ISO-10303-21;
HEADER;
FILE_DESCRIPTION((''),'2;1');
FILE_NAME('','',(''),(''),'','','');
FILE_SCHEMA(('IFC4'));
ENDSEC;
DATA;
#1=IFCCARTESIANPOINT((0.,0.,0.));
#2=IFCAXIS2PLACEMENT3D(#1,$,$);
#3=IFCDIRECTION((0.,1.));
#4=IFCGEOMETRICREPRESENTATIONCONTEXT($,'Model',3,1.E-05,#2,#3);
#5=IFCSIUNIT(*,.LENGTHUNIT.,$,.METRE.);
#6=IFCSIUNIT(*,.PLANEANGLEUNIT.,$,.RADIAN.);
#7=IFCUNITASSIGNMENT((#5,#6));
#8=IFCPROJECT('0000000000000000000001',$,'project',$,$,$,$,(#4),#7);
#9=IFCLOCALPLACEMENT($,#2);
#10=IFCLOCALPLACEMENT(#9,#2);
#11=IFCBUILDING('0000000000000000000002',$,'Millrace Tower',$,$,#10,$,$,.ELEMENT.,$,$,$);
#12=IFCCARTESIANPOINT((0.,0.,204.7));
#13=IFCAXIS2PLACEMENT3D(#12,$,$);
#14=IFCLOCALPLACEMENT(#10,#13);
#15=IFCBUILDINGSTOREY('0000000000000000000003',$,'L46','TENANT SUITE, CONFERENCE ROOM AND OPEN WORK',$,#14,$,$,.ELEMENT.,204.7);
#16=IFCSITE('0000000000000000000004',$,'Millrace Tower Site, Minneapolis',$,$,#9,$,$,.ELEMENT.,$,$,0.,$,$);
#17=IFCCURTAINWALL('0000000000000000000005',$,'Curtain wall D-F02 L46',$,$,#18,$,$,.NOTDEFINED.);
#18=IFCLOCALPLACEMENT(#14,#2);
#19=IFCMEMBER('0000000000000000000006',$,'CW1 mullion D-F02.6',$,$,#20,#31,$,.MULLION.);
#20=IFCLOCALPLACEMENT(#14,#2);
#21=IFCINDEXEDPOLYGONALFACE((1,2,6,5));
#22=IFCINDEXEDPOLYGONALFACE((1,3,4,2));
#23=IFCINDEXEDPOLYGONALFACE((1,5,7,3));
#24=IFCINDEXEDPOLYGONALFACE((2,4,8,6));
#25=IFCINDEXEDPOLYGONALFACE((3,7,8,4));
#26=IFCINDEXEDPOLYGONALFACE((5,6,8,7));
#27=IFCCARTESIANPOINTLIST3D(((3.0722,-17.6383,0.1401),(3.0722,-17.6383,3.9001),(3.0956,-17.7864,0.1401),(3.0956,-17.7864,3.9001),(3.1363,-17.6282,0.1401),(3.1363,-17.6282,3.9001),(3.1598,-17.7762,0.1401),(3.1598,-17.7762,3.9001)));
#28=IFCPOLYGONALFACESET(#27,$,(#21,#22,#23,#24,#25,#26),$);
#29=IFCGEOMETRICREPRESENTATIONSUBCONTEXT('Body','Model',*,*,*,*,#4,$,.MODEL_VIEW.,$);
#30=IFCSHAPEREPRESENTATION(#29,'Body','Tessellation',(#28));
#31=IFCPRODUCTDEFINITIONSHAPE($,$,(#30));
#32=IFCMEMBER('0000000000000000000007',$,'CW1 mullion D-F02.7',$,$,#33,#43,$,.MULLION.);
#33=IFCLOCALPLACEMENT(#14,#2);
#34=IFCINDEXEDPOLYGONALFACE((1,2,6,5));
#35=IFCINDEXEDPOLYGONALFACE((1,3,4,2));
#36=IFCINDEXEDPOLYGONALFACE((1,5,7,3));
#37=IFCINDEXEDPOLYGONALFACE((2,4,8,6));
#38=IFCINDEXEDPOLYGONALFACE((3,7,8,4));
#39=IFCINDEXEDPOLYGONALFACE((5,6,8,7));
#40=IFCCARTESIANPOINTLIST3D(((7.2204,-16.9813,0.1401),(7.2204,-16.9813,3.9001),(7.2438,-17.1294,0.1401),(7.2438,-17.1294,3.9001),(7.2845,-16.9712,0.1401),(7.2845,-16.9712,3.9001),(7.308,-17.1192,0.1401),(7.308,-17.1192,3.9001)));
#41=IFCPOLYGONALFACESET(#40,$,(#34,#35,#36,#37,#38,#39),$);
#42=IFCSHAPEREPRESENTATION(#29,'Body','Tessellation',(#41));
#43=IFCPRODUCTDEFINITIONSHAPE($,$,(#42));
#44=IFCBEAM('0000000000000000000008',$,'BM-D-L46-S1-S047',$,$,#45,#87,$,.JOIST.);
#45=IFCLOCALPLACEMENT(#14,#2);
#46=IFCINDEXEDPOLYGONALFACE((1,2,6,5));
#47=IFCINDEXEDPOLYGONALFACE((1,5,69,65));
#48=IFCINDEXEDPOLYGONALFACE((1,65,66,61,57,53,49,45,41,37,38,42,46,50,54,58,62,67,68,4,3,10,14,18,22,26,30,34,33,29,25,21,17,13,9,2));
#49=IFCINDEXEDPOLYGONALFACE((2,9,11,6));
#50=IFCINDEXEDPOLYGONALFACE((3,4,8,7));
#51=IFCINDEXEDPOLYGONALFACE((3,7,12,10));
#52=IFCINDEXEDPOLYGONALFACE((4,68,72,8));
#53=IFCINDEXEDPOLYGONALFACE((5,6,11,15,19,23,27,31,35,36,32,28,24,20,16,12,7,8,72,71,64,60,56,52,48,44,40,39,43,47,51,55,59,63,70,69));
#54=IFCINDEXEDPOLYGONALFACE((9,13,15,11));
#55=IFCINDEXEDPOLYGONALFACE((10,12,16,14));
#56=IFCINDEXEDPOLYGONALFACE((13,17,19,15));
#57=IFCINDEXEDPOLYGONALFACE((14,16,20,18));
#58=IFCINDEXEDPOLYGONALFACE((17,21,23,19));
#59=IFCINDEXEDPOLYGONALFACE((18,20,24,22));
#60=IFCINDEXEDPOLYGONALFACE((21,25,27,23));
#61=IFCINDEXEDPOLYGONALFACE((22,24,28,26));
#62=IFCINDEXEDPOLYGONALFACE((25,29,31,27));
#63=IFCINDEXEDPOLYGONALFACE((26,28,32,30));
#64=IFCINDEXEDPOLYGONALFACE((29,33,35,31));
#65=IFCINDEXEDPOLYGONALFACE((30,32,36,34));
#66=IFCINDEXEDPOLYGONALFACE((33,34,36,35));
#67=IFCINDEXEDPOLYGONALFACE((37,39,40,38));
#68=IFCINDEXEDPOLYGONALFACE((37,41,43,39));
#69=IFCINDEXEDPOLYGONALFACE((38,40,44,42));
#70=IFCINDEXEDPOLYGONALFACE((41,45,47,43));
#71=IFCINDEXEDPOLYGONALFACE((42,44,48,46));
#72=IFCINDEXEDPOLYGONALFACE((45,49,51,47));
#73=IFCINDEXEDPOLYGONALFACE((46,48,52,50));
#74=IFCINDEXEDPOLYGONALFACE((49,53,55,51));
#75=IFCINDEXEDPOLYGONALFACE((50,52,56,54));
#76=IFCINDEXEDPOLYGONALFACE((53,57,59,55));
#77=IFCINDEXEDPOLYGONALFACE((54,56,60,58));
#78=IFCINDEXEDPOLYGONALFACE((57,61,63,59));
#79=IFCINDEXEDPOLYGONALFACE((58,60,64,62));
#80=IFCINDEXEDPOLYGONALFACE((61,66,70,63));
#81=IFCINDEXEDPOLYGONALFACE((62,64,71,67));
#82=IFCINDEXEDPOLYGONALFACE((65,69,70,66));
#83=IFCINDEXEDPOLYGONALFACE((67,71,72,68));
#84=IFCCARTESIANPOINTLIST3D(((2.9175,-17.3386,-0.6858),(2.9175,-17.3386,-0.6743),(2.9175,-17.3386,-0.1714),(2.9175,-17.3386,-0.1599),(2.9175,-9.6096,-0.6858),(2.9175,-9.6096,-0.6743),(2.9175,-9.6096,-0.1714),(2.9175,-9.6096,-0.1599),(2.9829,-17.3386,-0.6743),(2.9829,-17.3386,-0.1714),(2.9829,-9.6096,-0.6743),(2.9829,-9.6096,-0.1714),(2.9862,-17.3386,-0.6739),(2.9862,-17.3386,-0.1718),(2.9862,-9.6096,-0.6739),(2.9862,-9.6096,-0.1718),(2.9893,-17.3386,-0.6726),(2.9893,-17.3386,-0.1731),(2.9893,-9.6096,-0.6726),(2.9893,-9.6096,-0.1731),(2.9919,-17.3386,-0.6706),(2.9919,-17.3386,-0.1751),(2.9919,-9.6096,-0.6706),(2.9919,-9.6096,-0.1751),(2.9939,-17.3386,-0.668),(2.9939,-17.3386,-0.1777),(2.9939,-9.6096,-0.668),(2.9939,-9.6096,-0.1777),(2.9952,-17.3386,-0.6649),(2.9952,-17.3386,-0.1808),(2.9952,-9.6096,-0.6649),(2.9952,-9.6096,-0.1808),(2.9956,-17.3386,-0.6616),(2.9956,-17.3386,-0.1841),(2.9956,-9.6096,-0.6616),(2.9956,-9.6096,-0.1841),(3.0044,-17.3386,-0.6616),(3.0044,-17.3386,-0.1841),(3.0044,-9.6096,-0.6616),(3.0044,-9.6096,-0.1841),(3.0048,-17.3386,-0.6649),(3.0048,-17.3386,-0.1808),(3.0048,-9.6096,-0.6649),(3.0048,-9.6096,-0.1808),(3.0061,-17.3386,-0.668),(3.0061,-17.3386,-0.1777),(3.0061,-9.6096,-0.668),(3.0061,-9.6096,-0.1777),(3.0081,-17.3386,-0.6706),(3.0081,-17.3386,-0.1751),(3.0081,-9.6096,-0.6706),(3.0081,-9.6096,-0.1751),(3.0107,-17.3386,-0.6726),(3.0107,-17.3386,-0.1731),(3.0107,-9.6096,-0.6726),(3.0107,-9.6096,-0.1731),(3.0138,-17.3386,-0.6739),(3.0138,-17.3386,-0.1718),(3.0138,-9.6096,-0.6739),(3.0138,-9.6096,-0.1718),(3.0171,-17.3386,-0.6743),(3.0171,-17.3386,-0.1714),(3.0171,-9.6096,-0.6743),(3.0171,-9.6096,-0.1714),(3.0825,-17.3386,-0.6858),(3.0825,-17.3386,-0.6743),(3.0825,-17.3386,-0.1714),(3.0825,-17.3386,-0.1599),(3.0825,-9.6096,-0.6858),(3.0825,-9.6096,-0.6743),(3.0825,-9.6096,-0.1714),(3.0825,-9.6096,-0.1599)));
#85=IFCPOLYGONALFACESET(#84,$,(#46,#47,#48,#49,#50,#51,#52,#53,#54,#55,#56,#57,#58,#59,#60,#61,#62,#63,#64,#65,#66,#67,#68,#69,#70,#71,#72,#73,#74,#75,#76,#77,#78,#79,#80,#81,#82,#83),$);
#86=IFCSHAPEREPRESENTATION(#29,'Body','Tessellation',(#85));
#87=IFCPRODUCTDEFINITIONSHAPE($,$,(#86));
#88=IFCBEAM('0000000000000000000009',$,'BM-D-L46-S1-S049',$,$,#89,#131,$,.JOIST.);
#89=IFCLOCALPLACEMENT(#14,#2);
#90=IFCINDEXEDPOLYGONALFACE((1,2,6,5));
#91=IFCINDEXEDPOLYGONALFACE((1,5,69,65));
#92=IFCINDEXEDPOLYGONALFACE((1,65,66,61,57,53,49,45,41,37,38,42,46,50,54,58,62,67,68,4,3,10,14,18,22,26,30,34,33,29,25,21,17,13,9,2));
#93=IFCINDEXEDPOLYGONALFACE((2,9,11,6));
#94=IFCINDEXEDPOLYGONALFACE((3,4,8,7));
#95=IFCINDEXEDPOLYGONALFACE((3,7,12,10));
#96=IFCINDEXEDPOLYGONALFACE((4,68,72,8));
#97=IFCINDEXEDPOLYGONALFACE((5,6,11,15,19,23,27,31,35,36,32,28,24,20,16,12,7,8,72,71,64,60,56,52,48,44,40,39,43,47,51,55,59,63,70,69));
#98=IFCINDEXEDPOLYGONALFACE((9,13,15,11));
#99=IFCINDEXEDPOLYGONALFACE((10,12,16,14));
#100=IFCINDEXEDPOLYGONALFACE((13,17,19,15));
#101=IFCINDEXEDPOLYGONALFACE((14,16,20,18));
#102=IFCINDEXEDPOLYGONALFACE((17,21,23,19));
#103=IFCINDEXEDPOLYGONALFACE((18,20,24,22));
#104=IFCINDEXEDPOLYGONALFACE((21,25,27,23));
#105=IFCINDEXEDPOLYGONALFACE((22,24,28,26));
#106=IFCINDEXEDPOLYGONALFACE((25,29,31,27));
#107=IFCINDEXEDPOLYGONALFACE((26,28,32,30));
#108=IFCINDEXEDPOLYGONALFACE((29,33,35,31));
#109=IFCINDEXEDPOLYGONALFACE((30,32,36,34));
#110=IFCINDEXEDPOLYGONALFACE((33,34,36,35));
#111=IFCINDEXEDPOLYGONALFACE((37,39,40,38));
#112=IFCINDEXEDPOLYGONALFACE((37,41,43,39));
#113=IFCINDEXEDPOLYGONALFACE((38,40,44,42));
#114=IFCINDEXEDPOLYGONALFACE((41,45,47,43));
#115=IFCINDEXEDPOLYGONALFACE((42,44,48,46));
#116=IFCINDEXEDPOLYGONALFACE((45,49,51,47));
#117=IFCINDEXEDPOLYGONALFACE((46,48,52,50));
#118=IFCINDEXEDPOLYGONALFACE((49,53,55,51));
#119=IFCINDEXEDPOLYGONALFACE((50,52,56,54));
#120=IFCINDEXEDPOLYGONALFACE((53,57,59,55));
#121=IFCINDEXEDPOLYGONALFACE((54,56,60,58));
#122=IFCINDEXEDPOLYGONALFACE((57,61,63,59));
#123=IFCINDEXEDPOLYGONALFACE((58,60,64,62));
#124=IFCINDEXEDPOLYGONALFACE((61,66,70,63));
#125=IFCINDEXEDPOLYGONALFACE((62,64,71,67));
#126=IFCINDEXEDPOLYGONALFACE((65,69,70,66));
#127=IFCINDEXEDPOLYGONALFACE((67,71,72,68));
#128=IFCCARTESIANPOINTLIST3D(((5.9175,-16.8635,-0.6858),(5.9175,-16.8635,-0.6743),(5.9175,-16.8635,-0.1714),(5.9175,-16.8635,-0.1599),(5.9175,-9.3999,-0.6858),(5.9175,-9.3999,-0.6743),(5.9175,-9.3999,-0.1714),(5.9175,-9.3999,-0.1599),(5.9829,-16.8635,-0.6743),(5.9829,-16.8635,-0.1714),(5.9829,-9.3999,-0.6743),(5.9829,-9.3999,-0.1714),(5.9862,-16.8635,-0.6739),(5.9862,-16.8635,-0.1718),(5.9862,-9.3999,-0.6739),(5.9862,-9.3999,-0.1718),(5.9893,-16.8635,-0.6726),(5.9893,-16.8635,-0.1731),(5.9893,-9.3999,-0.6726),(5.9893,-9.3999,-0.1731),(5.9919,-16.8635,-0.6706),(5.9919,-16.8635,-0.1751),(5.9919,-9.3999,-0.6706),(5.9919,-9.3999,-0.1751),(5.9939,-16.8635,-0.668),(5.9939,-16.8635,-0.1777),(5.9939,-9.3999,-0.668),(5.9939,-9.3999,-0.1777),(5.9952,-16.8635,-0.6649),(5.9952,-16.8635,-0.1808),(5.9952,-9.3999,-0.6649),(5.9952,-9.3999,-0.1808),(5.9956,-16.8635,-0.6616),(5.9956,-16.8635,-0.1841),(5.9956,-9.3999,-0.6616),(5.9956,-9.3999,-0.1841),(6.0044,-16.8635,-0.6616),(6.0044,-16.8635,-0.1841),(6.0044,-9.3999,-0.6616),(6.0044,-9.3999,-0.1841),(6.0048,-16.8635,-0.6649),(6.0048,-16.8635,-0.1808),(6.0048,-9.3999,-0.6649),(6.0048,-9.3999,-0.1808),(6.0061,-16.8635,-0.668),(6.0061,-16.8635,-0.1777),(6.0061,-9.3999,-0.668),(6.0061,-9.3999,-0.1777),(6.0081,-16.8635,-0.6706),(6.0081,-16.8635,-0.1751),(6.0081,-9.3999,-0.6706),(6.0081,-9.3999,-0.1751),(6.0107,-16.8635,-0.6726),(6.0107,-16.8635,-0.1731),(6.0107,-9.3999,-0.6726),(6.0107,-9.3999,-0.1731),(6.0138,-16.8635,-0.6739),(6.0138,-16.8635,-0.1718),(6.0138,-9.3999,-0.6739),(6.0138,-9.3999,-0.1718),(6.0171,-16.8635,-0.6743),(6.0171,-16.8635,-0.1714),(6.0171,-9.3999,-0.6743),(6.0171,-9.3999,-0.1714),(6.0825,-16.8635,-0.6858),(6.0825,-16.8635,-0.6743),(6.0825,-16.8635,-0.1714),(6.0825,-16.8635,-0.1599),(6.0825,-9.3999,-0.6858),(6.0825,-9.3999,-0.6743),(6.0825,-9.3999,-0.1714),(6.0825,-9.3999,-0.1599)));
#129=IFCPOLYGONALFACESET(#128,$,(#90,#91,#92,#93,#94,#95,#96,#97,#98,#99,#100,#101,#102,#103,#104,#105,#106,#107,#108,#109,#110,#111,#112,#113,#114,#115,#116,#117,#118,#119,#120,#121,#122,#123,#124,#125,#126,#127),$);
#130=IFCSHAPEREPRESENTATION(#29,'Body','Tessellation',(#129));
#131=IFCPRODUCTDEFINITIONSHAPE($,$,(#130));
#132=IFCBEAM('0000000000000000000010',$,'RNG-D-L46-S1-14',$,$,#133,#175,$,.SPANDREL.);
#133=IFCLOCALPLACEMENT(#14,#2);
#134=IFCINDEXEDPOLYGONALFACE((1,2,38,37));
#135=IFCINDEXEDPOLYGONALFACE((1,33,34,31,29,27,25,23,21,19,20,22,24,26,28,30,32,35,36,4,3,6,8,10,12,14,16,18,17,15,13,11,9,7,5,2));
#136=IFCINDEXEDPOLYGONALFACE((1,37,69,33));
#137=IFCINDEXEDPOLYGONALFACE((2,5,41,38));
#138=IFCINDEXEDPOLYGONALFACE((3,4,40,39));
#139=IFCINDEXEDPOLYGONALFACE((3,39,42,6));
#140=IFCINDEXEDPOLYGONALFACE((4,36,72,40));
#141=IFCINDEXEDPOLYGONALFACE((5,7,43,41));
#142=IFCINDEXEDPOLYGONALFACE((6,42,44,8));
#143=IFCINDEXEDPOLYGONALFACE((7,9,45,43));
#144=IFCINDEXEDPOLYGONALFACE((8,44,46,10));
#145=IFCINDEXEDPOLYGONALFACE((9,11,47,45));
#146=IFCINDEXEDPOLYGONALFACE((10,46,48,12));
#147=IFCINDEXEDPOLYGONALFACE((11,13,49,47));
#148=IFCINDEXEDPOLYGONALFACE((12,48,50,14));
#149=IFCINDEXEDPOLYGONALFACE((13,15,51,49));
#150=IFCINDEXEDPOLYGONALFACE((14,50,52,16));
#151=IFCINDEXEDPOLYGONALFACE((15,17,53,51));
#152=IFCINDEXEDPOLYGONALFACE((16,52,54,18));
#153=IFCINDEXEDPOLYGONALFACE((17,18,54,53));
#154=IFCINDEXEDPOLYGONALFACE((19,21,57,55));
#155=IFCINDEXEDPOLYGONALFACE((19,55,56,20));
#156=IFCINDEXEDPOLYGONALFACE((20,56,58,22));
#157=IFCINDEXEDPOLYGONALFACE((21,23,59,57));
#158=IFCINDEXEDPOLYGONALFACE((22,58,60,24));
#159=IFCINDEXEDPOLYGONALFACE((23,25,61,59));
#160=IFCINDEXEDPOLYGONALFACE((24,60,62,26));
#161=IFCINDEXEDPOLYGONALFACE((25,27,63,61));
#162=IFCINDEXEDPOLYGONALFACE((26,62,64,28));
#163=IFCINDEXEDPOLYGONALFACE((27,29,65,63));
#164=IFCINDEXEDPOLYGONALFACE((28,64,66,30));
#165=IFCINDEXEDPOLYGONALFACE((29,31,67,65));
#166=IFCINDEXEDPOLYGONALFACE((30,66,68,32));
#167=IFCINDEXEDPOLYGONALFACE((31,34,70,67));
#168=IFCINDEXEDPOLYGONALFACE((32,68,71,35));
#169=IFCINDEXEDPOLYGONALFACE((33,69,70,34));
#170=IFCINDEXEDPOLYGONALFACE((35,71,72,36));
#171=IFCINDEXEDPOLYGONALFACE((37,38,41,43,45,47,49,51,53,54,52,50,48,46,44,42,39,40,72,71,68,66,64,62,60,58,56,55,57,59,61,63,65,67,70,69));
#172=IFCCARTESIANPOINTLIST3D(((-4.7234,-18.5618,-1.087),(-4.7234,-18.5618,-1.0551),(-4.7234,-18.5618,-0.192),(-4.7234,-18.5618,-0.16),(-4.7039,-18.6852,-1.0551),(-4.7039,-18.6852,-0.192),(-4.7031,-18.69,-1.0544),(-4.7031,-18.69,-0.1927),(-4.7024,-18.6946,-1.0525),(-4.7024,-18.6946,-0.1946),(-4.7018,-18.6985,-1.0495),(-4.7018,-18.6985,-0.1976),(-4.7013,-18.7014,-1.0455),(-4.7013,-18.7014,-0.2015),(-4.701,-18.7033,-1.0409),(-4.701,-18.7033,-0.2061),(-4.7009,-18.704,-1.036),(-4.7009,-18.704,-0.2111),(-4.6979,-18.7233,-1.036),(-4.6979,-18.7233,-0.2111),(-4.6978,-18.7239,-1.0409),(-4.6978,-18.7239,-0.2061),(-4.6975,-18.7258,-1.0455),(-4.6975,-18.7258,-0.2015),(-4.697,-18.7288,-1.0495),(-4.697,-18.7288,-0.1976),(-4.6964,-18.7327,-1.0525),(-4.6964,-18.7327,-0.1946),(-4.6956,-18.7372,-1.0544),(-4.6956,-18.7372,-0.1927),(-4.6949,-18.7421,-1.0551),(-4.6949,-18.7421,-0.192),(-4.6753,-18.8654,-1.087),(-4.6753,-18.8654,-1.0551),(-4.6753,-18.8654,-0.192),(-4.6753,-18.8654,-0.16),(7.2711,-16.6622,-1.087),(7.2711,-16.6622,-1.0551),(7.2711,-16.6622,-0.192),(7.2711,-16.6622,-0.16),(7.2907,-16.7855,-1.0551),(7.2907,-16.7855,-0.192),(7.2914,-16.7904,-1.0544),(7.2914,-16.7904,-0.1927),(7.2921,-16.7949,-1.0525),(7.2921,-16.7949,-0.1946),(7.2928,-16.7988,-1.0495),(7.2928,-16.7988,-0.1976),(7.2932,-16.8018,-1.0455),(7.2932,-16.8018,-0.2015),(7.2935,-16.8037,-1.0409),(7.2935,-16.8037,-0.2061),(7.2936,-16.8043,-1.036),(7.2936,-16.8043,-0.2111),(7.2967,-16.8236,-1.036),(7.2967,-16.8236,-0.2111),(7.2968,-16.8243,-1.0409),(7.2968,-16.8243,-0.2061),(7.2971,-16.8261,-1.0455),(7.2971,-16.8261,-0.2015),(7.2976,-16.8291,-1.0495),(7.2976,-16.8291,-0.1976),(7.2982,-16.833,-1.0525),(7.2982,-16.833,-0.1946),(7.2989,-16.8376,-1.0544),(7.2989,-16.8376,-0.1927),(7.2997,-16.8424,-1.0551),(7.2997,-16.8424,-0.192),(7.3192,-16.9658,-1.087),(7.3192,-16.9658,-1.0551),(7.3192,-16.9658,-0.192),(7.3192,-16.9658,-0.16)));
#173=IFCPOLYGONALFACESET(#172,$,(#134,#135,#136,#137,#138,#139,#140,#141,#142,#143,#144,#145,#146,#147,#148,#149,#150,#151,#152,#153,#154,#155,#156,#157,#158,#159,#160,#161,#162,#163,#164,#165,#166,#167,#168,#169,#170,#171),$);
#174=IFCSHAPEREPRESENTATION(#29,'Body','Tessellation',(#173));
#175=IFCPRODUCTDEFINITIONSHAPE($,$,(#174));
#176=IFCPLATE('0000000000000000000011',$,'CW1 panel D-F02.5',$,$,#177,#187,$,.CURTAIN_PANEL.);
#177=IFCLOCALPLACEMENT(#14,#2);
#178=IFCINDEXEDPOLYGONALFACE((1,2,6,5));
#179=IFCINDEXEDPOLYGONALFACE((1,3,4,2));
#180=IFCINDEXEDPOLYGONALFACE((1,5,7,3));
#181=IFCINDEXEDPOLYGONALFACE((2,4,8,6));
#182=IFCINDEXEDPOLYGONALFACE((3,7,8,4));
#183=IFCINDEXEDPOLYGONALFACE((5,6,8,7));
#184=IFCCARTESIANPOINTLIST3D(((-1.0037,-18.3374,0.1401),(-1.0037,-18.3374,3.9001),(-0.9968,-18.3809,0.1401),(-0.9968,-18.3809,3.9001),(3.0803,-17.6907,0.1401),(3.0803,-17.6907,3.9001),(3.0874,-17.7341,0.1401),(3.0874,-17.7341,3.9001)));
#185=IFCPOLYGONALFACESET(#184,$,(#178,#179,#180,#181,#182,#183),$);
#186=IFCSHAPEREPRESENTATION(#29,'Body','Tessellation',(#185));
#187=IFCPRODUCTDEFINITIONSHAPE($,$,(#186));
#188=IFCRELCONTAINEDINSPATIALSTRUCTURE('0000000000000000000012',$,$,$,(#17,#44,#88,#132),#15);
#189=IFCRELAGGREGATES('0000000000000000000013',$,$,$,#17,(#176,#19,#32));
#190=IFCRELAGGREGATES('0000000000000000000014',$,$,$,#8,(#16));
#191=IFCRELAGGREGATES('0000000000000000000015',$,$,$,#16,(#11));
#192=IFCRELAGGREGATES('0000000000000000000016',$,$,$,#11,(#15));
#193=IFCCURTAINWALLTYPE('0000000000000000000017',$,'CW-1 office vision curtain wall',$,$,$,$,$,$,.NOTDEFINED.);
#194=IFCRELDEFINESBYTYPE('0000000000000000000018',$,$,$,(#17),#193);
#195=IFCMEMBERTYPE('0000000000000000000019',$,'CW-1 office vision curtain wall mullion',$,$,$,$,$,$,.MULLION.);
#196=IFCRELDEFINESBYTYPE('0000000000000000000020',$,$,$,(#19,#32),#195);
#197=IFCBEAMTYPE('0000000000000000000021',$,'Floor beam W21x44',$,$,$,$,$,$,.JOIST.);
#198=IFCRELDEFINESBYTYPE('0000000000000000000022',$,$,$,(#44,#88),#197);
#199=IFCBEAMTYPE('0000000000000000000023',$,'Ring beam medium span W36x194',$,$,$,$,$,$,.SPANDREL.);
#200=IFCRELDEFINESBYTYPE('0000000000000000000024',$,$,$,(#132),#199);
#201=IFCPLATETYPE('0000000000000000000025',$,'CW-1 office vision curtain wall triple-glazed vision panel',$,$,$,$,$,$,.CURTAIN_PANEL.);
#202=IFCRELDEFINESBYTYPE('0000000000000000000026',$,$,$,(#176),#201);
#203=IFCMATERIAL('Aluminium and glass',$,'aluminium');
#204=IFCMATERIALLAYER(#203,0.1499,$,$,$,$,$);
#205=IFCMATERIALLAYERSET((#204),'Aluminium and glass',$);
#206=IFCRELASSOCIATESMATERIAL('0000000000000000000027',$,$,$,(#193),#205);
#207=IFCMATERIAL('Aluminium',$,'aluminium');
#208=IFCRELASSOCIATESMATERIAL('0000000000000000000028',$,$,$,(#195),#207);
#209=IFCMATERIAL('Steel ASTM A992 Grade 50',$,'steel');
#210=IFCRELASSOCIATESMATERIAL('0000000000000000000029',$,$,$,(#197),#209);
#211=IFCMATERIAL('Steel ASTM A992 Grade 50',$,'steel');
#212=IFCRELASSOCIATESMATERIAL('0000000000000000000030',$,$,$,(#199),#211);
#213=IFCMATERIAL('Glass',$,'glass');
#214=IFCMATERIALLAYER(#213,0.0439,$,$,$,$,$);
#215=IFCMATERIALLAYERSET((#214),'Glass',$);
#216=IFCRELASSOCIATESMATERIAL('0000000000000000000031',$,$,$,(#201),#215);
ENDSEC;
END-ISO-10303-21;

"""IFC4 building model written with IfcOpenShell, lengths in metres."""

from ifc_helpers import new_model, si_unit, direction, frame, origin, origin_2d, place, context, subcontext, project, spatial, polyline, rectangle, i_section, outline, extrude, material, layer, layer_set, material_profile, profile_set, type_object, element, aggregate, save


model = new_model("IFC4")

# Units and contexts
model_context = context("Model", 3, precision=1e-05, world=origin(), true_north=direction((0.0, 1.0)))
body_context = subcontext(model_context, "Body", "Model", "MODEL_VIEW")
ifc_project = project(units=[si_unit("LENGTHUNIT", "METRE"), si_unit("PLANEANGLEUNIT", "RADIAN")], contexts=[model_context])

# Site, building, storey
site_placement = place(None, origin())
site = spatial("IfcSite", under=ifc_project, at=site_placement, Name="Millrace Tower Site, Minneapolis", CompositionType="ELEMENT", RefElevation=0.0)
building_placement = place(site_placement, origin())
building = spatial("IfcBuilding", under=site, at=building_placement, Name="Millrace Tower", CompositionType="ELEMENT")
storey_placement = place(building_placement, frame((0.0, 0.0, 204.7)))
storey = spatial("IfcBuildingStorey", under=building, at=storey_placement, Name="L46", Description="TENANT SUITE, CONFERENCE ROOM AND OPEN WORK", CompositionType="ELEMENT", Elevation=204.7)

# Curtain wall, members
ifc_material_1 = material(Name="Aluminium and glass", Category="aluminium")
ifc_layer_1 = layer(ifc_material_1, 0.1499)
ifc_layer_set_1 = layer_set([ifc_layer_1], Name="Aluminium and glass")
curtain_wall_type = type_object("IfcCurtainWallType", Name="CW-1 office vision curtain wall", PredefinedType="NOTDEFINED", material=ifc_layer_set_1)
placement_1 = place(storey_placement, origin())
curtain_wall_1 = element("IfcCurtainWall", 1, at=placement_1, inside=storey, type_object=curtain_wall_type, Name="Curtain wall D-F02 L46", PredefinedType="NOTDEFINED")
ifc_material_2 = material(Name="Aluminium", Category="aluminium")
ifc_material_profile_1 = material_profile(ifc_material_2, rectangle(XDim=0.0649, YDim=0.1499, at=origin_2d()))
ifc_profile_set_1 = profile_set([ifc_material_profile_1], Name="Aluminium")
member_type = type_object("IfcMemberType", Name="CW-1 office vision curtain wall mullion", PredefinedType="MULLION", material=ifc_profile_set_1)
member_1_placement = place(storey_placement, frame((3.116, -17.7073, 0.1401), z_axis=(0.0, 0.0, 1.0), x_axis=(0.987688, 0.156434, 0.0)))
member_1 = element("IfcMember", 2, at=member_1_placement, type_object=member_type, Name="CW1 mullion D-F02.6", PredefinedType="MULLION", context=body_context, shape_type="SweptSolid", body=[
    extrude(rectangle(XDim=0.0649, YDim=0.1499, at=origin_2d()), origin(), (0.0, 0.0, 1.0), 3.76),
])
member_2_placement = place(storey_placement, frame((7.2642, -17.0503, 0.1401), z_axis=(0.0, 0.0, 1.0), x_axis=(0.987688, 0.156434, 0.0)))
member_2 = element("IfcMember", 3, at=member_2_placement, type_object=member_type, Name="CW1 mullion D-F02.7", PredefinedType="MULLION", context=body_context, shape_type="SweptSolid", body=[
    extrude(rectangle(XDim=0.0649, YDim=0.1499, at=origin_2d()), origin(), (0.0, 0.0, 1.0), 3.76),
])

# Beams
ifc_material_3 = material(Name="Steel ASTM A992 Grade 50", Category="steel")
ifc_material_profile_2 = material_profile(ifc_material_3, i_section(OverallWidth=0.165, OverallDepth=0.5259, WebThickness=0.0088, FlangeThickness=0.0115, FilletRadius=0.0127, at=origin_2d()))
ifc_profile_set_2 = profile_set([ifc_material_profile_2], Name="Steel ASTM A992 Grade 50")
beam_type_1 = type_object("IfcBeamType", Name="Floor beam W21x44", PredefinedType="JOIST", material=ifc_profile_set_2)
beam_1_placement = place(storey_placement, frame((3.0, -17.3386, -0.4229), z_axis=(0.0, 1.0, 0.0), x_axis=(-1.0, 0.0, 0.0)))
element("IfcBeam", 4, at=beam_1_placement, inside=storey, type_object=beam_type_1, Name="BM-D-L46-S1-S047", PredefinedType="JOIST", context=body_context, shape_type="SweptSolid", body=[
    extrude(i_section(OverallWidth=0.165, OverallDepth=0.5259, WebThickness=0.0088, FlangeThickness=0.0115, FilletRadius=0.0127, at=origin_2d()), origin(), (0.0, 0.0, 1.0), 7.729),
])
beam_2_placement = place(storey_placement, frame((6.0, -16.8635, -0.4229), z_axis=(0.0, 1.0, 0.0), x_axis=(-1.0, 0.0, 0.0)))
element("IfcBeam", 5, at=beam_2_placement, inside=storey, type_object=beam_type_1, Name="BM-D-L46-S1-S049", PredefinedType="JOIST", context=body_context, shape_type="SweptSolid", body=[
    extrude(i_section(OverallWidth=0.165, OverallDepth=0.5259, WebThickness=0.0088, FlangeThickness=0.0115, FilletRadius=0.0127, at=origin_2d()), origin(), (0.0, 0.0, 1.0), 7.4636),
])
ifc_material_4 = material(Name="Steel ASTM A992 Grade 50", Category="steel")
ifc_material_profile_3 = material_profile(ifc_material_4, i_section(OverallWidth=0.3074, OverallDepth=0.927, WebThickness=0.0195, FlangeThickness=0.032, FilletRadius=0.019, at=origin_2d()))
ifc_profile_set_3 = profile_set([ifc_material_profile_3], Name="Steel ASTM A992 Grade 50")
beam_type_2 = type_object("IfcBeamType", Name="Ring beam medium span W36x194", PredefinedType="SPANDREL", material=ifc_profile_set_3)
beam_3_placement = place(storey_placement, frame((7.2952, -16.814, -0.6235), z_axis=(-0.98769, -0.156426, 0.0), x_axis=(0.156426, -0.98769, 0.0)))
element("IfcBeam", 6, at=beam_3_placement, inside=storey, type_object=beam_type_2, Name="RNG-D-L46-S1-14", PredefinedType="SPANDREL", context=body_context, shape_type="SweptSolid", body=[
    extrude(i_section(OverallWidth=0.3074, OverallDepth=0.927, WebThickness=0.0195, FlangeThickness=0.032, FilletRadius=0.019, at=origin_2d()), origin(), (0.0, 0.0, 1.0), 12.144),
])

# Plate
ifc_material_5 = material(Name="Glass", Category="glass")
ifc_layer_2 = layer(ifc_material_5, 0.0439)
ifc_layer_set_2 = layer_set([ifc_layer_2], Name="Glass")
plate_type = type_object("IfcPlateType", Name="CW-1 office vision curtain wall triple-glazed vision panel", PredefinedType="CURTAIN_PANEL", material=ifc_layer_set_2)
placement_2 = place(storey_placement, frame((0.0, 0.0, 0.1401)))
plate_1 = element("IfcPlate", 7, at=placement_2, type_object=plate_type, Name="CW1 panel D-F02.5", PredefinedType="CURTAIN_PANEL", context=body_context, shape_type="SweptSolid", body=[
    extrude(outline(polyline([(-0.9968, -18.3809), (3.0874, -17.7341), (3.0803, -17.6907), (-1.0037, -18.3374), (-0.9968, -18.3809)])), origin(), (0.0, 0.0, 1.0), 3.76),
])
aggregate(curtain_wall_1, [plate_1, member_1, member_2])

save(model, "model.ifc")
